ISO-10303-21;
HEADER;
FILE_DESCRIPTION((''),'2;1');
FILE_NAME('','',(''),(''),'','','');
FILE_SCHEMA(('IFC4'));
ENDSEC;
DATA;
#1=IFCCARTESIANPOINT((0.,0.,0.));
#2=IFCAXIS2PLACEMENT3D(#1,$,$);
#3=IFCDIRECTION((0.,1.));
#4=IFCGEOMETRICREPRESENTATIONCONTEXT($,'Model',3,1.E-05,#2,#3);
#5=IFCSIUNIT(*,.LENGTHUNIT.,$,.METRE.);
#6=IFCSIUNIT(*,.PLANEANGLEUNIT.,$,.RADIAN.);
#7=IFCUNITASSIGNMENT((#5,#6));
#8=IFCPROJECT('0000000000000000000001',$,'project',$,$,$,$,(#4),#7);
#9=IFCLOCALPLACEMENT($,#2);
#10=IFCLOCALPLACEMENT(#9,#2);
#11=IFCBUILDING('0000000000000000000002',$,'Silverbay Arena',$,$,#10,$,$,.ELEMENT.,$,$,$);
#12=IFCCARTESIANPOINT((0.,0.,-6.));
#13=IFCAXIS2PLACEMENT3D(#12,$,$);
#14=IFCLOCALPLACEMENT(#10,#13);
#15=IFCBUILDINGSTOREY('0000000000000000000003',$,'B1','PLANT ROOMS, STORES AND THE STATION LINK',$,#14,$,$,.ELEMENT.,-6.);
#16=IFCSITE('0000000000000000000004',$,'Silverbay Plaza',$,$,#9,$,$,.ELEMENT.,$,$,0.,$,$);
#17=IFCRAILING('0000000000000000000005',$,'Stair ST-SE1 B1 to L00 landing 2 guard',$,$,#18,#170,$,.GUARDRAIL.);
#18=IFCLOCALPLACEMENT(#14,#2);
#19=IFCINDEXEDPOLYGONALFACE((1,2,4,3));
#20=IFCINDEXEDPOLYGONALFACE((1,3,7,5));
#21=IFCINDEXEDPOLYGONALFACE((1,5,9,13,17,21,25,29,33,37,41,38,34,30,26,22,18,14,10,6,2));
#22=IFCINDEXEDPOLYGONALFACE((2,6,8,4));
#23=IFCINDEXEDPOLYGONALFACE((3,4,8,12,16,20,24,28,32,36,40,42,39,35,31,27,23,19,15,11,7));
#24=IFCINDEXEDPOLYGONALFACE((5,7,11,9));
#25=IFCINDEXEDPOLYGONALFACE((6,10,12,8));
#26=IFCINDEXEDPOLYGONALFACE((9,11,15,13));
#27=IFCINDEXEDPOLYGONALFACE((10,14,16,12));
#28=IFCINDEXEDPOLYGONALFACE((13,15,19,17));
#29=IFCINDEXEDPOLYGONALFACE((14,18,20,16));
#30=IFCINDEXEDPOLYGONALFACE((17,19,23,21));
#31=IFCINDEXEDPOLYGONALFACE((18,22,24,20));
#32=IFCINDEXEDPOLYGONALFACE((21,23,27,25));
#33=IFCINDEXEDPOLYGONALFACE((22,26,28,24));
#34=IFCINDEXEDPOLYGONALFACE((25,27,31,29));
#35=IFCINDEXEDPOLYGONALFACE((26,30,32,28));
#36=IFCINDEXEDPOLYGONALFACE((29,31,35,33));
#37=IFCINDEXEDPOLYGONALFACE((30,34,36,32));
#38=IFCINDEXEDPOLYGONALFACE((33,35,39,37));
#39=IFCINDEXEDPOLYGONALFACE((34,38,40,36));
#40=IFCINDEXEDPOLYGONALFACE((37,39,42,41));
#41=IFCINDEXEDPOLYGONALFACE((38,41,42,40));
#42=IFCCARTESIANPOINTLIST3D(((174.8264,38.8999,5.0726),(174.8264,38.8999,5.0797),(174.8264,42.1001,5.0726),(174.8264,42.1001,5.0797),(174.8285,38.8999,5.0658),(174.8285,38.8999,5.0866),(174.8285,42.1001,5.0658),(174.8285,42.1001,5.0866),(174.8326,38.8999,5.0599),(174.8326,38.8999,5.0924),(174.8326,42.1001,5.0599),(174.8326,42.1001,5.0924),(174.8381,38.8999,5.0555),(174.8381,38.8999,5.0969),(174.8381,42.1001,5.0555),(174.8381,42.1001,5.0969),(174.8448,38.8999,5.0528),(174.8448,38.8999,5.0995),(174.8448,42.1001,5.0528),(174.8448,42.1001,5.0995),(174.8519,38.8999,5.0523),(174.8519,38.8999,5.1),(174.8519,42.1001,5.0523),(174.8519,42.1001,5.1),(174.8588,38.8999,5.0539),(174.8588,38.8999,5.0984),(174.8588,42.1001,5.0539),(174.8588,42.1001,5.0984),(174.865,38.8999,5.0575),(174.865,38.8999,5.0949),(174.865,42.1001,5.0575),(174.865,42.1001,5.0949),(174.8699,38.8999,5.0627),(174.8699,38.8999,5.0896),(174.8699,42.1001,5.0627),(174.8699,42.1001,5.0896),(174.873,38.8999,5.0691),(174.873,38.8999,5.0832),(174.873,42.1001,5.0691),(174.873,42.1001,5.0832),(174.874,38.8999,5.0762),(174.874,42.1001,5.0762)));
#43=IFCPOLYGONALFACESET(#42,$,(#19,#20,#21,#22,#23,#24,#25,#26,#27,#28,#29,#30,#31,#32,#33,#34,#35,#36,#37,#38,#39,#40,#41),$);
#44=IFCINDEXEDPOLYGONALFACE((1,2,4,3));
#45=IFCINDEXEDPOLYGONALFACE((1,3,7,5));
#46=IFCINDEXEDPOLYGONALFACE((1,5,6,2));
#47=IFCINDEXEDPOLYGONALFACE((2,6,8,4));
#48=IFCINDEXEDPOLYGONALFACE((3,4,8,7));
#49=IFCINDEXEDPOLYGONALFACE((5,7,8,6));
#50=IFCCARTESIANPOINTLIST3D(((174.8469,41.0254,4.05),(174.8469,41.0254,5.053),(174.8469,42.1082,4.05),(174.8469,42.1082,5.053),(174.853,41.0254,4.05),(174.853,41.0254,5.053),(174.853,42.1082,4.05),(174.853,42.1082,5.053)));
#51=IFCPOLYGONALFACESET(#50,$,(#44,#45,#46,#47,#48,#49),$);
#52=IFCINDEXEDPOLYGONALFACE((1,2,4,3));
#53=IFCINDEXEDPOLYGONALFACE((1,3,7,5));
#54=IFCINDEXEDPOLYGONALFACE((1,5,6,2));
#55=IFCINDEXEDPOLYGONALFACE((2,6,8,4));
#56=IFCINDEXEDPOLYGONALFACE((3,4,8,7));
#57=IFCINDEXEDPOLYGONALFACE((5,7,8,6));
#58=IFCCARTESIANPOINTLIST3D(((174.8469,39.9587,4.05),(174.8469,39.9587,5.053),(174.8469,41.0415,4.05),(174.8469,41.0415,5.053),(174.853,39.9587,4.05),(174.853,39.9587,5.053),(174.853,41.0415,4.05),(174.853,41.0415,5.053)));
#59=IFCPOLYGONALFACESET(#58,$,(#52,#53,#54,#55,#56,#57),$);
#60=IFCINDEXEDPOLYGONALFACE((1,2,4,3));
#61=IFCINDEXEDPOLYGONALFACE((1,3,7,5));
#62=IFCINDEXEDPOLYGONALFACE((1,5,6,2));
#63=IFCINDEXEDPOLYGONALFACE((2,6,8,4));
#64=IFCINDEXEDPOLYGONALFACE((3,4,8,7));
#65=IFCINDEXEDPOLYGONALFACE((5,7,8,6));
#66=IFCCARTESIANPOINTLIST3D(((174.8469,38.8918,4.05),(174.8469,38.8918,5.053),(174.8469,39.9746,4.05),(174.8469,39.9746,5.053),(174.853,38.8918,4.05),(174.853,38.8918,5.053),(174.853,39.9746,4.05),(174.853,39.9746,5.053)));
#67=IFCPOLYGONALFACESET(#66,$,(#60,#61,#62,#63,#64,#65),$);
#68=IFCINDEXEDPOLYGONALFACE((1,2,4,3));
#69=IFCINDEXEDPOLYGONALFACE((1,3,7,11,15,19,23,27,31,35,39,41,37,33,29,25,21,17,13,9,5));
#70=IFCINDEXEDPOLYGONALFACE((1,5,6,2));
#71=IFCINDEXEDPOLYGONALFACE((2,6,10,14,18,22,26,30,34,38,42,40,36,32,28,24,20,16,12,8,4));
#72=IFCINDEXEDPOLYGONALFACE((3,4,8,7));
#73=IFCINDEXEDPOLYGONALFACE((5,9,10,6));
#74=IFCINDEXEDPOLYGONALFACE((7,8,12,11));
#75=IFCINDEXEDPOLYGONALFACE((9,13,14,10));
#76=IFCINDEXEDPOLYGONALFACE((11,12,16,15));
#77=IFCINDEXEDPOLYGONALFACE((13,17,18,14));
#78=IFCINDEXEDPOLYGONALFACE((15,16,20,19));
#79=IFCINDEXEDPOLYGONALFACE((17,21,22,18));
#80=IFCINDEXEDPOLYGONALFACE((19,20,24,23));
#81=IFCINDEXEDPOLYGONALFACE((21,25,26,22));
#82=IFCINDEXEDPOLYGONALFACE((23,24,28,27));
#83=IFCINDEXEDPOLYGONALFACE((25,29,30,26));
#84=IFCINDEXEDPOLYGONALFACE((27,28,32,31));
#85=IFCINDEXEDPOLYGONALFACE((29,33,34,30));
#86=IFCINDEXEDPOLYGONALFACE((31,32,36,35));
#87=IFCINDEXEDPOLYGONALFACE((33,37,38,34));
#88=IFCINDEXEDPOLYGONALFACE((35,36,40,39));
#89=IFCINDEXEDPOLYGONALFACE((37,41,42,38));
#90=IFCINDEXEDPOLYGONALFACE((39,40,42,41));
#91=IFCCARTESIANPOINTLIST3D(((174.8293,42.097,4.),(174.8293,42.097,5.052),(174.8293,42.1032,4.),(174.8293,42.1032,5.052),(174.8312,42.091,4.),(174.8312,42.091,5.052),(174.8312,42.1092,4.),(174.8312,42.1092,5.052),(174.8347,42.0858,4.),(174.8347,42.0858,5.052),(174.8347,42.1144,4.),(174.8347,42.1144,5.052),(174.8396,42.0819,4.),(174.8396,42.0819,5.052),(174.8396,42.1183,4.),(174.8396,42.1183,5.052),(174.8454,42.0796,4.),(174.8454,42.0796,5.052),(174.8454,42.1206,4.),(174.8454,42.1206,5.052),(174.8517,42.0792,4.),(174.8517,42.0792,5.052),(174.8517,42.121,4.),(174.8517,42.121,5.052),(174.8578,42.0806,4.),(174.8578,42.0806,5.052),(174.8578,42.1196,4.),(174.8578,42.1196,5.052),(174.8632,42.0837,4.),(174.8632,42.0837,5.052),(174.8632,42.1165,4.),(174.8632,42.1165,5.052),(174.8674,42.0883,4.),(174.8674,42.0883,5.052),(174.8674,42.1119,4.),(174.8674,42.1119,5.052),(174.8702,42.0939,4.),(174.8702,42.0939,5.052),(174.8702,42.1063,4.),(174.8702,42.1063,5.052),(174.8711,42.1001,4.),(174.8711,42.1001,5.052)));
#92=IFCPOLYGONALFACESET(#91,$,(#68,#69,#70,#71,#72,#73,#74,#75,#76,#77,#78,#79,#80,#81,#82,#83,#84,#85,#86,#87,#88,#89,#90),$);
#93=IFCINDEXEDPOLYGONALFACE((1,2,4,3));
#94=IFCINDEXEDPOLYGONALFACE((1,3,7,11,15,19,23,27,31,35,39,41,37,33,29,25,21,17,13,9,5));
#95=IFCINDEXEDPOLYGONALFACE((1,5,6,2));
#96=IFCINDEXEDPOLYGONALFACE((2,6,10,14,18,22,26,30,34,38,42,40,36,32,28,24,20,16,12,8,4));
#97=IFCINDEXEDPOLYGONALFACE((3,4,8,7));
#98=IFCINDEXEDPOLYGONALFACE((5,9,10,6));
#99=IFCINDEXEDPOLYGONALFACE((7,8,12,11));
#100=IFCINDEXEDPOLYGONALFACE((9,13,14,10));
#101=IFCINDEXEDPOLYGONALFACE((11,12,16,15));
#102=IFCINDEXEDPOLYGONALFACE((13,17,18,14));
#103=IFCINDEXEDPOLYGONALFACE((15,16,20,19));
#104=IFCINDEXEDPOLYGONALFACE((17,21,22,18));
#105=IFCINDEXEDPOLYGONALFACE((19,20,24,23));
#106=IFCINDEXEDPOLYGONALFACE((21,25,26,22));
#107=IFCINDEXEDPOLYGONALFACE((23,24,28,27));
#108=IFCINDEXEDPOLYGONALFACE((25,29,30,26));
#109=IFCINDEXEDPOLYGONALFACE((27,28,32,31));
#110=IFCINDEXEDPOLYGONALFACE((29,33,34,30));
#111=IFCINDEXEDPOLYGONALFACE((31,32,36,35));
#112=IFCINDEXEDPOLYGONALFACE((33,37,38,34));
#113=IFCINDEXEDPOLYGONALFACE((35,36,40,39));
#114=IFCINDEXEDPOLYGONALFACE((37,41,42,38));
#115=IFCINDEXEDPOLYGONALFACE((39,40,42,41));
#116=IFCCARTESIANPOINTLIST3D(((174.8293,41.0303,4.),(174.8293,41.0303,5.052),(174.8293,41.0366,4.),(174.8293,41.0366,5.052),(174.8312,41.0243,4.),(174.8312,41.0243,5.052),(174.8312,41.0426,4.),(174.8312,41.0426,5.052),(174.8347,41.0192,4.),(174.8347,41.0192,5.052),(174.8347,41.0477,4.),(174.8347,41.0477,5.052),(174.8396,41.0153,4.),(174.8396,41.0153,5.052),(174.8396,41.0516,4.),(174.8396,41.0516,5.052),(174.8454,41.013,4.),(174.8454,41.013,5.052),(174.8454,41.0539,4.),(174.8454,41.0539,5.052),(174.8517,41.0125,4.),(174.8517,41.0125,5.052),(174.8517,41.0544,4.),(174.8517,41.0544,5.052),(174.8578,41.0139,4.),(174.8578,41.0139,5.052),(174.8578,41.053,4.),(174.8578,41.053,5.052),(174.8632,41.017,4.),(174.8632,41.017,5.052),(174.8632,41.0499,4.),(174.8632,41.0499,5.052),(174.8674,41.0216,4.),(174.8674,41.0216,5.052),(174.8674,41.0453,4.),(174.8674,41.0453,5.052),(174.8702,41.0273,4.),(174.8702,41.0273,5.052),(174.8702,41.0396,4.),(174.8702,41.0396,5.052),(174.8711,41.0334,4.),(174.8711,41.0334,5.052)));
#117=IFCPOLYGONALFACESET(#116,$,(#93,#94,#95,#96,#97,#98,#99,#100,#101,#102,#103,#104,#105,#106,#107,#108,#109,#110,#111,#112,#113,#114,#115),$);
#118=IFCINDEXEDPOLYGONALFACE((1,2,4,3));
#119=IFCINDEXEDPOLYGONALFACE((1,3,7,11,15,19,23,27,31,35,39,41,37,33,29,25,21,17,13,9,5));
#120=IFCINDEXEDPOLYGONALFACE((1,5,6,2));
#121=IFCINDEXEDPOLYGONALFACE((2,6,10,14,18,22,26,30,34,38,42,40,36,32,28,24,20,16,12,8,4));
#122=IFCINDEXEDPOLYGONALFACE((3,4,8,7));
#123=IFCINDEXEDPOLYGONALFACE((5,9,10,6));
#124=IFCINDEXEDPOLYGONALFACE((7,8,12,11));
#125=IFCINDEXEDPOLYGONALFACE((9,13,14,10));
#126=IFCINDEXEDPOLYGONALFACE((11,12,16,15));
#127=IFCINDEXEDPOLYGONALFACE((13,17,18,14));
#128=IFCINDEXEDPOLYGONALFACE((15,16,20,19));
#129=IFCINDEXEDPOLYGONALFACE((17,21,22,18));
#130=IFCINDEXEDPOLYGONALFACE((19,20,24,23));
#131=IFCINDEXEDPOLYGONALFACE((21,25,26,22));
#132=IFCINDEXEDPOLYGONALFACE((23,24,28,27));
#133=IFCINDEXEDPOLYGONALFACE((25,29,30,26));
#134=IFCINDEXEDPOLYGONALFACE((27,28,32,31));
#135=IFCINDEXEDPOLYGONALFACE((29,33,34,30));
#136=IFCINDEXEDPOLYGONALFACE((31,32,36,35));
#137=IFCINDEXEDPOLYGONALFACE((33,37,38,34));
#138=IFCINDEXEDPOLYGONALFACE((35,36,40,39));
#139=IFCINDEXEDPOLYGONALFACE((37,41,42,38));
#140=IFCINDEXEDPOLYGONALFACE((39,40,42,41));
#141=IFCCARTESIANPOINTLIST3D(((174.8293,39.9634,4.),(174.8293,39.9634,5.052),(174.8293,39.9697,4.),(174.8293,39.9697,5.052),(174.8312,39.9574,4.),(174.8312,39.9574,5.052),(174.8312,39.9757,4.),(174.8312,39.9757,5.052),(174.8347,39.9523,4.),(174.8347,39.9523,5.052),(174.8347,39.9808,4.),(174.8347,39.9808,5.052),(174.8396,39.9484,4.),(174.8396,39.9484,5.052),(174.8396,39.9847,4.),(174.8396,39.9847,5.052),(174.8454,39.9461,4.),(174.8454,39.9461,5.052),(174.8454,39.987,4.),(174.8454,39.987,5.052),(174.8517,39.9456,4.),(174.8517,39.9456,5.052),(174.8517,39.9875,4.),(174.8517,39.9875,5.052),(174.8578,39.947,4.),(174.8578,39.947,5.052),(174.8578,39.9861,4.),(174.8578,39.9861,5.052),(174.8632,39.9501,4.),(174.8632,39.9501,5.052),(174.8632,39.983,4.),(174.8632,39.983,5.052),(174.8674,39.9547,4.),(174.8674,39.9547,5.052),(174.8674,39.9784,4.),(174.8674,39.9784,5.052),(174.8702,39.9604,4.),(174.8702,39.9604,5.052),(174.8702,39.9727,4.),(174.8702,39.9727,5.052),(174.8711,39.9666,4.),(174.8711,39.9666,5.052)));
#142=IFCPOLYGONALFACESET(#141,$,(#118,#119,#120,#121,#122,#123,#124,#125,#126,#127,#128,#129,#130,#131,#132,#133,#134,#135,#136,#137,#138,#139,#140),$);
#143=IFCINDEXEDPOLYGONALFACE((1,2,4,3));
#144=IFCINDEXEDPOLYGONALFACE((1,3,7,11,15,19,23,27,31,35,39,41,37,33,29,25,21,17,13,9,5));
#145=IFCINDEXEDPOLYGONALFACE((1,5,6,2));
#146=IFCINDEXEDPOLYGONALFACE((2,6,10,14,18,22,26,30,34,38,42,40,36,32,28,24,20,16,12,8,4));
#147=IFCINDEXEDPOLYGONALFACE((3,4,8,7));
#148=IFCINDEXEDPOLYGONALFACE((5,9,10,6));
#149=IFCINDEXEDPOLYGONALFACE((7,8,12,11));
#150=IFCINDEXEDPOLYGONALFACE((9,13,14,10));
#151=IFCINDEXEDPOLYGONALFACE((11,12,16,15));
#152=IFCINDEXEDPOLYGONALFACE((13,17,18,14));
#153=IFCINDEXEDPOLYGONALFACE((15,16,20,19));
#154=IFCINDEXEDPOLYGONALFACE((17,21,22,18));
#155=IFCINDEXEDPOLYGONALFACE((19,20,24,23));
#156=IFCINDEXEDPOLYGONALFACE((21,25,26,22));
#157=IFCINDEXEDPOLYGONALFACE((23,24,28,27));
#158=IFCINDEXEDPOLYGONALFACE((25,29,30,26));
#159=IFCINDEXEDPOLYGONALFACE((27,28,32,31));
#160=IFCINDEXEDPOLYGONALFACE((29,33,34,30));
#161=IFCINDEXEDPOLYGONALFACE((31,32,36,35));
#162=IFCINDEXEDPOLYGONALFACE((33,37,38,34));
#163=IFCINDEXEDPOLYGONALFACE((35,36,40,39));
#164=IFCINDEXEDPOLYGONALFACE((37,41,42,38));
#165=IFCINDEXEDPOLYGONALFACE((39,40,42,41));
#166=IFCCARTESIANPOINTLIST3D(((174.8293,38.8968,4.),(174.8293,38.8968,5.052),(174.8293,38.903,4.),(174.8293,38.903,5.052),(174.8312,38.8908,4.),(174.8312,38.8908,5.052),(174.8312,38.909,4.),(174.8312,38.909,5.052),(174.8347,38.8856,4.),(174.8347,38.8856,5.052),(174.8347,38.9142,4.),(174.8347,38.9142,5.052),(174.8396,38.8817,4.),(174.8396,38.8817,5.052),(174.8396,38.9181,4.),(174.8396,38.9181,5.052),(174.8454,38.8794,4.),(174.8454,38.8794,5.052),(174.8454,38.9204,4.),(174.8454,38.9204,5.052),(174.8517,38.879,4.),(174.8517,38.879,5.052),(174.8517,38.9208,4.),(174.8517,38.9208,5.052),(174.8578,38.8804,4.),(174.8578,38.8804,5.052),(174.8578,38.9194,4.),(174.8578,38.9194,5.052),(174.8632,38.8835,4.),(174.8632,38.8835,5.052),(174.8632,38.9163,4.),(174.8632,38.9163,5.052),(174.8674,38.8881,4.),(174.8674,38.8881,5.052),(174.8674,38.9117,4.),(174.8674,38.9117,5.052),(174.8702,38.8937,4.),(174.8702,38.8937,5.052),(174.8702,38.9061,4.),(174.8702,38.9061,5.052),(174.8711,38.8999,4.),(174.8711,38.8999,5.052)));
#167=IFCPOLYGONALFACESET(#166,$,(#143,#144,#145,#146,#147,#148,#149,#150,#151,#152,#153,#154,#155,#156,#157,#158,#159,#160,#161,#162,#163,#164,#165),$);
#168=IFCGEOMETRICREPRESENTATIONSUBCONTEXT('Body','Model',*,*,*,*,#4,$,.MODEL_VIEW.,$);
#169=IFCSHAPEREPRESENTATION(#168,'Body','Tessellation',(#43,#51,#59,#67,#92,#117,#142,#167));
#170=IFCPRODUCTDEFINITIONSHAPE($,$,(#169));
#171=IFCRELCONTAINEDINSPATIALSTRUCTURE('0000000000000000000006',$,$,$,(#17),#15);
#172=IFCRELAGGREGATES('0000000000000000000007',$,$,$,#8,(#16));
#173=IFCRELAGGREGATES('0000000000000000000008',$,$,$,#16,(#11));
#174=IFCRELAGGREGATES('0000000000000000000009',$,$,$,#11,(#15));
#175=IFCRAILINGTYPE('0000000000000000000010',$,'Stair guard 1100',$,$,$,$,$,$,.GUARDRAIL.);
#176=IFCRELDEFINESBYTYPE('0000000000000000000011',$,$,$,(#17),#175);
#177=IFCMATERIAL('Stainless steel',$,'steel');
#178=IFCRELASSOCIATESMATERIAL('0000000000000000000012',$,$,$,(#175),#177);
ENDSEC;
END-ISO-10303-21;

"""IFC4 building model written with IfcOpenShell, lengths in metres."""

from ifc_helpers import new_model, si_unit, direction, frame, origin, origin_2d, place, context, subcontext, project, spatial, polyline, circle, outline, extrude, material, type_object, element, save


model = new_model("IFC4")

# Units and contexts
model_context = context("Model", 3, precision=1e-05, world=origin(), true_north=direction((0.0, 1.0)))
body_context = subcontext(model_context, "Body", "Model", "MODEL_VIEW")
ifc_project = project(units=[si_unit("LENGTHUNIT", "METRE"), si_unit("PLANEANGLEUNIT", "RADIAN")], contexts=[model_context])

# Site, building, storey
site_placement = place(None, origin())
site = spatial("IfcSite", under=ifc_project, at=site_placement, Name="Silverbay Plaza", CompositionType="ELEMENT", RefElevation=0.0)
building_placement = place(site_placement, origin())
building = spatial("IfcBuilding", under=site, at=building_placement, Name="Silverbay Arena", CompositionType="ELEMENT")
storey_placement = place(building_placement, frame((0.0, 0.0, -6.0)))
storey = spatial("IfcBuildingStorey", under=building, at=storey_placement, Name="B1", Description="PLANT ROOMS, STORES AND THE STATION LINK", CompositionType="ELEMENT", Elevation=-6.0)

# Railing
ifc_material_1 = material(Name="Stainless steel", Category="steel")
railing_type_1 = type_object("IfcRailingType", Name="Stair guard 1100", PredefinedType="GUARDRAIL", material=ifc_material_1)
for number, where, name in (
    (1, (174.8501, 42.1001, 4.0), "Stair ST-SE1 B1 to L00 landing 2 guard"),
):
    element("IfcRailing", number, at=place(storey_placement, frame(where)), inside=storey, type_object=railing_type_1, Name=name, PredefinedType="GUARDRAIL", context=body_context, shape_type="SweptSolid", body=[
        extrude(circle(Radius=0.0239, at=origin_2d()), frame((0.0, 0.0, 1.0762), z_axis=(0.0, -1.0, 0.0), x_axis=(1.0, 0.0, 0.0)), (0.0, 0.0, 1.0), 3.2002),
        extrude(outline(polyline([(-0.0081, 0.05), (1.0747, 0.05), (1.0747, 1.053), (-0.0081, 1.053), (-0.0081, 0.05)])), frame((0.0029, 0.0, 0.0), z_axis=(-1.0, 0.0, 0.0), x_axis=(0.0, -1.0, 0.0)), (0.0, 0.0, 1.0), 0.0061),
        extrude(outline(polyline([(-0.0081, 0.05), (1.0747, 0.05), (1.0747, 1.053), (-0.0081, 1.053), (-0.0081, 0.05)])), frame((0.0029, -1.0667, 0.0), z_axis=(-1.0, 0.0, 0.0), x_axis=(0.0, -1.0, 0.0)), (0.0, 0.0, 1.0), 0.0061),
        extrude(outline(polyline([(-0.0081, 0.05), (1.0747, 0.05), (1.0747, 1.053), (-0.0081, 1.053), (-0.0081, 0.05)])), frame((0.0029, -2.1335, 0.0), z_axis=(-1.0, 0.0, 0.0), x_axis=(0.0, -1.0, 0.0)), (0.0, 0.0, 1.0), 0.0061),
        extrude(circle(Radius=0.021, at=origin_2d()), origin(), (0.0, 0.0, 1.0), 1.052),
        extrude(circle(Radius=0.021, at=origin_2d()), frame((0.0, -1.0667, 0.0)), (0.0, 0.0, 1.0), 1.052),
        extrude(circle(Radius=0.021, at=origin_2d()), frame((0.0, -2.1335, 0.0)), (0.0, 0.0, 1.0), 1.052),
        extrude(circle(Radius=0.021, at=origin_2d()), frame((0.0, -3.2002, 0.0)), (0.0, 0.0, 1.0), 1.052),
    ])

save(model, "model.ifc")
